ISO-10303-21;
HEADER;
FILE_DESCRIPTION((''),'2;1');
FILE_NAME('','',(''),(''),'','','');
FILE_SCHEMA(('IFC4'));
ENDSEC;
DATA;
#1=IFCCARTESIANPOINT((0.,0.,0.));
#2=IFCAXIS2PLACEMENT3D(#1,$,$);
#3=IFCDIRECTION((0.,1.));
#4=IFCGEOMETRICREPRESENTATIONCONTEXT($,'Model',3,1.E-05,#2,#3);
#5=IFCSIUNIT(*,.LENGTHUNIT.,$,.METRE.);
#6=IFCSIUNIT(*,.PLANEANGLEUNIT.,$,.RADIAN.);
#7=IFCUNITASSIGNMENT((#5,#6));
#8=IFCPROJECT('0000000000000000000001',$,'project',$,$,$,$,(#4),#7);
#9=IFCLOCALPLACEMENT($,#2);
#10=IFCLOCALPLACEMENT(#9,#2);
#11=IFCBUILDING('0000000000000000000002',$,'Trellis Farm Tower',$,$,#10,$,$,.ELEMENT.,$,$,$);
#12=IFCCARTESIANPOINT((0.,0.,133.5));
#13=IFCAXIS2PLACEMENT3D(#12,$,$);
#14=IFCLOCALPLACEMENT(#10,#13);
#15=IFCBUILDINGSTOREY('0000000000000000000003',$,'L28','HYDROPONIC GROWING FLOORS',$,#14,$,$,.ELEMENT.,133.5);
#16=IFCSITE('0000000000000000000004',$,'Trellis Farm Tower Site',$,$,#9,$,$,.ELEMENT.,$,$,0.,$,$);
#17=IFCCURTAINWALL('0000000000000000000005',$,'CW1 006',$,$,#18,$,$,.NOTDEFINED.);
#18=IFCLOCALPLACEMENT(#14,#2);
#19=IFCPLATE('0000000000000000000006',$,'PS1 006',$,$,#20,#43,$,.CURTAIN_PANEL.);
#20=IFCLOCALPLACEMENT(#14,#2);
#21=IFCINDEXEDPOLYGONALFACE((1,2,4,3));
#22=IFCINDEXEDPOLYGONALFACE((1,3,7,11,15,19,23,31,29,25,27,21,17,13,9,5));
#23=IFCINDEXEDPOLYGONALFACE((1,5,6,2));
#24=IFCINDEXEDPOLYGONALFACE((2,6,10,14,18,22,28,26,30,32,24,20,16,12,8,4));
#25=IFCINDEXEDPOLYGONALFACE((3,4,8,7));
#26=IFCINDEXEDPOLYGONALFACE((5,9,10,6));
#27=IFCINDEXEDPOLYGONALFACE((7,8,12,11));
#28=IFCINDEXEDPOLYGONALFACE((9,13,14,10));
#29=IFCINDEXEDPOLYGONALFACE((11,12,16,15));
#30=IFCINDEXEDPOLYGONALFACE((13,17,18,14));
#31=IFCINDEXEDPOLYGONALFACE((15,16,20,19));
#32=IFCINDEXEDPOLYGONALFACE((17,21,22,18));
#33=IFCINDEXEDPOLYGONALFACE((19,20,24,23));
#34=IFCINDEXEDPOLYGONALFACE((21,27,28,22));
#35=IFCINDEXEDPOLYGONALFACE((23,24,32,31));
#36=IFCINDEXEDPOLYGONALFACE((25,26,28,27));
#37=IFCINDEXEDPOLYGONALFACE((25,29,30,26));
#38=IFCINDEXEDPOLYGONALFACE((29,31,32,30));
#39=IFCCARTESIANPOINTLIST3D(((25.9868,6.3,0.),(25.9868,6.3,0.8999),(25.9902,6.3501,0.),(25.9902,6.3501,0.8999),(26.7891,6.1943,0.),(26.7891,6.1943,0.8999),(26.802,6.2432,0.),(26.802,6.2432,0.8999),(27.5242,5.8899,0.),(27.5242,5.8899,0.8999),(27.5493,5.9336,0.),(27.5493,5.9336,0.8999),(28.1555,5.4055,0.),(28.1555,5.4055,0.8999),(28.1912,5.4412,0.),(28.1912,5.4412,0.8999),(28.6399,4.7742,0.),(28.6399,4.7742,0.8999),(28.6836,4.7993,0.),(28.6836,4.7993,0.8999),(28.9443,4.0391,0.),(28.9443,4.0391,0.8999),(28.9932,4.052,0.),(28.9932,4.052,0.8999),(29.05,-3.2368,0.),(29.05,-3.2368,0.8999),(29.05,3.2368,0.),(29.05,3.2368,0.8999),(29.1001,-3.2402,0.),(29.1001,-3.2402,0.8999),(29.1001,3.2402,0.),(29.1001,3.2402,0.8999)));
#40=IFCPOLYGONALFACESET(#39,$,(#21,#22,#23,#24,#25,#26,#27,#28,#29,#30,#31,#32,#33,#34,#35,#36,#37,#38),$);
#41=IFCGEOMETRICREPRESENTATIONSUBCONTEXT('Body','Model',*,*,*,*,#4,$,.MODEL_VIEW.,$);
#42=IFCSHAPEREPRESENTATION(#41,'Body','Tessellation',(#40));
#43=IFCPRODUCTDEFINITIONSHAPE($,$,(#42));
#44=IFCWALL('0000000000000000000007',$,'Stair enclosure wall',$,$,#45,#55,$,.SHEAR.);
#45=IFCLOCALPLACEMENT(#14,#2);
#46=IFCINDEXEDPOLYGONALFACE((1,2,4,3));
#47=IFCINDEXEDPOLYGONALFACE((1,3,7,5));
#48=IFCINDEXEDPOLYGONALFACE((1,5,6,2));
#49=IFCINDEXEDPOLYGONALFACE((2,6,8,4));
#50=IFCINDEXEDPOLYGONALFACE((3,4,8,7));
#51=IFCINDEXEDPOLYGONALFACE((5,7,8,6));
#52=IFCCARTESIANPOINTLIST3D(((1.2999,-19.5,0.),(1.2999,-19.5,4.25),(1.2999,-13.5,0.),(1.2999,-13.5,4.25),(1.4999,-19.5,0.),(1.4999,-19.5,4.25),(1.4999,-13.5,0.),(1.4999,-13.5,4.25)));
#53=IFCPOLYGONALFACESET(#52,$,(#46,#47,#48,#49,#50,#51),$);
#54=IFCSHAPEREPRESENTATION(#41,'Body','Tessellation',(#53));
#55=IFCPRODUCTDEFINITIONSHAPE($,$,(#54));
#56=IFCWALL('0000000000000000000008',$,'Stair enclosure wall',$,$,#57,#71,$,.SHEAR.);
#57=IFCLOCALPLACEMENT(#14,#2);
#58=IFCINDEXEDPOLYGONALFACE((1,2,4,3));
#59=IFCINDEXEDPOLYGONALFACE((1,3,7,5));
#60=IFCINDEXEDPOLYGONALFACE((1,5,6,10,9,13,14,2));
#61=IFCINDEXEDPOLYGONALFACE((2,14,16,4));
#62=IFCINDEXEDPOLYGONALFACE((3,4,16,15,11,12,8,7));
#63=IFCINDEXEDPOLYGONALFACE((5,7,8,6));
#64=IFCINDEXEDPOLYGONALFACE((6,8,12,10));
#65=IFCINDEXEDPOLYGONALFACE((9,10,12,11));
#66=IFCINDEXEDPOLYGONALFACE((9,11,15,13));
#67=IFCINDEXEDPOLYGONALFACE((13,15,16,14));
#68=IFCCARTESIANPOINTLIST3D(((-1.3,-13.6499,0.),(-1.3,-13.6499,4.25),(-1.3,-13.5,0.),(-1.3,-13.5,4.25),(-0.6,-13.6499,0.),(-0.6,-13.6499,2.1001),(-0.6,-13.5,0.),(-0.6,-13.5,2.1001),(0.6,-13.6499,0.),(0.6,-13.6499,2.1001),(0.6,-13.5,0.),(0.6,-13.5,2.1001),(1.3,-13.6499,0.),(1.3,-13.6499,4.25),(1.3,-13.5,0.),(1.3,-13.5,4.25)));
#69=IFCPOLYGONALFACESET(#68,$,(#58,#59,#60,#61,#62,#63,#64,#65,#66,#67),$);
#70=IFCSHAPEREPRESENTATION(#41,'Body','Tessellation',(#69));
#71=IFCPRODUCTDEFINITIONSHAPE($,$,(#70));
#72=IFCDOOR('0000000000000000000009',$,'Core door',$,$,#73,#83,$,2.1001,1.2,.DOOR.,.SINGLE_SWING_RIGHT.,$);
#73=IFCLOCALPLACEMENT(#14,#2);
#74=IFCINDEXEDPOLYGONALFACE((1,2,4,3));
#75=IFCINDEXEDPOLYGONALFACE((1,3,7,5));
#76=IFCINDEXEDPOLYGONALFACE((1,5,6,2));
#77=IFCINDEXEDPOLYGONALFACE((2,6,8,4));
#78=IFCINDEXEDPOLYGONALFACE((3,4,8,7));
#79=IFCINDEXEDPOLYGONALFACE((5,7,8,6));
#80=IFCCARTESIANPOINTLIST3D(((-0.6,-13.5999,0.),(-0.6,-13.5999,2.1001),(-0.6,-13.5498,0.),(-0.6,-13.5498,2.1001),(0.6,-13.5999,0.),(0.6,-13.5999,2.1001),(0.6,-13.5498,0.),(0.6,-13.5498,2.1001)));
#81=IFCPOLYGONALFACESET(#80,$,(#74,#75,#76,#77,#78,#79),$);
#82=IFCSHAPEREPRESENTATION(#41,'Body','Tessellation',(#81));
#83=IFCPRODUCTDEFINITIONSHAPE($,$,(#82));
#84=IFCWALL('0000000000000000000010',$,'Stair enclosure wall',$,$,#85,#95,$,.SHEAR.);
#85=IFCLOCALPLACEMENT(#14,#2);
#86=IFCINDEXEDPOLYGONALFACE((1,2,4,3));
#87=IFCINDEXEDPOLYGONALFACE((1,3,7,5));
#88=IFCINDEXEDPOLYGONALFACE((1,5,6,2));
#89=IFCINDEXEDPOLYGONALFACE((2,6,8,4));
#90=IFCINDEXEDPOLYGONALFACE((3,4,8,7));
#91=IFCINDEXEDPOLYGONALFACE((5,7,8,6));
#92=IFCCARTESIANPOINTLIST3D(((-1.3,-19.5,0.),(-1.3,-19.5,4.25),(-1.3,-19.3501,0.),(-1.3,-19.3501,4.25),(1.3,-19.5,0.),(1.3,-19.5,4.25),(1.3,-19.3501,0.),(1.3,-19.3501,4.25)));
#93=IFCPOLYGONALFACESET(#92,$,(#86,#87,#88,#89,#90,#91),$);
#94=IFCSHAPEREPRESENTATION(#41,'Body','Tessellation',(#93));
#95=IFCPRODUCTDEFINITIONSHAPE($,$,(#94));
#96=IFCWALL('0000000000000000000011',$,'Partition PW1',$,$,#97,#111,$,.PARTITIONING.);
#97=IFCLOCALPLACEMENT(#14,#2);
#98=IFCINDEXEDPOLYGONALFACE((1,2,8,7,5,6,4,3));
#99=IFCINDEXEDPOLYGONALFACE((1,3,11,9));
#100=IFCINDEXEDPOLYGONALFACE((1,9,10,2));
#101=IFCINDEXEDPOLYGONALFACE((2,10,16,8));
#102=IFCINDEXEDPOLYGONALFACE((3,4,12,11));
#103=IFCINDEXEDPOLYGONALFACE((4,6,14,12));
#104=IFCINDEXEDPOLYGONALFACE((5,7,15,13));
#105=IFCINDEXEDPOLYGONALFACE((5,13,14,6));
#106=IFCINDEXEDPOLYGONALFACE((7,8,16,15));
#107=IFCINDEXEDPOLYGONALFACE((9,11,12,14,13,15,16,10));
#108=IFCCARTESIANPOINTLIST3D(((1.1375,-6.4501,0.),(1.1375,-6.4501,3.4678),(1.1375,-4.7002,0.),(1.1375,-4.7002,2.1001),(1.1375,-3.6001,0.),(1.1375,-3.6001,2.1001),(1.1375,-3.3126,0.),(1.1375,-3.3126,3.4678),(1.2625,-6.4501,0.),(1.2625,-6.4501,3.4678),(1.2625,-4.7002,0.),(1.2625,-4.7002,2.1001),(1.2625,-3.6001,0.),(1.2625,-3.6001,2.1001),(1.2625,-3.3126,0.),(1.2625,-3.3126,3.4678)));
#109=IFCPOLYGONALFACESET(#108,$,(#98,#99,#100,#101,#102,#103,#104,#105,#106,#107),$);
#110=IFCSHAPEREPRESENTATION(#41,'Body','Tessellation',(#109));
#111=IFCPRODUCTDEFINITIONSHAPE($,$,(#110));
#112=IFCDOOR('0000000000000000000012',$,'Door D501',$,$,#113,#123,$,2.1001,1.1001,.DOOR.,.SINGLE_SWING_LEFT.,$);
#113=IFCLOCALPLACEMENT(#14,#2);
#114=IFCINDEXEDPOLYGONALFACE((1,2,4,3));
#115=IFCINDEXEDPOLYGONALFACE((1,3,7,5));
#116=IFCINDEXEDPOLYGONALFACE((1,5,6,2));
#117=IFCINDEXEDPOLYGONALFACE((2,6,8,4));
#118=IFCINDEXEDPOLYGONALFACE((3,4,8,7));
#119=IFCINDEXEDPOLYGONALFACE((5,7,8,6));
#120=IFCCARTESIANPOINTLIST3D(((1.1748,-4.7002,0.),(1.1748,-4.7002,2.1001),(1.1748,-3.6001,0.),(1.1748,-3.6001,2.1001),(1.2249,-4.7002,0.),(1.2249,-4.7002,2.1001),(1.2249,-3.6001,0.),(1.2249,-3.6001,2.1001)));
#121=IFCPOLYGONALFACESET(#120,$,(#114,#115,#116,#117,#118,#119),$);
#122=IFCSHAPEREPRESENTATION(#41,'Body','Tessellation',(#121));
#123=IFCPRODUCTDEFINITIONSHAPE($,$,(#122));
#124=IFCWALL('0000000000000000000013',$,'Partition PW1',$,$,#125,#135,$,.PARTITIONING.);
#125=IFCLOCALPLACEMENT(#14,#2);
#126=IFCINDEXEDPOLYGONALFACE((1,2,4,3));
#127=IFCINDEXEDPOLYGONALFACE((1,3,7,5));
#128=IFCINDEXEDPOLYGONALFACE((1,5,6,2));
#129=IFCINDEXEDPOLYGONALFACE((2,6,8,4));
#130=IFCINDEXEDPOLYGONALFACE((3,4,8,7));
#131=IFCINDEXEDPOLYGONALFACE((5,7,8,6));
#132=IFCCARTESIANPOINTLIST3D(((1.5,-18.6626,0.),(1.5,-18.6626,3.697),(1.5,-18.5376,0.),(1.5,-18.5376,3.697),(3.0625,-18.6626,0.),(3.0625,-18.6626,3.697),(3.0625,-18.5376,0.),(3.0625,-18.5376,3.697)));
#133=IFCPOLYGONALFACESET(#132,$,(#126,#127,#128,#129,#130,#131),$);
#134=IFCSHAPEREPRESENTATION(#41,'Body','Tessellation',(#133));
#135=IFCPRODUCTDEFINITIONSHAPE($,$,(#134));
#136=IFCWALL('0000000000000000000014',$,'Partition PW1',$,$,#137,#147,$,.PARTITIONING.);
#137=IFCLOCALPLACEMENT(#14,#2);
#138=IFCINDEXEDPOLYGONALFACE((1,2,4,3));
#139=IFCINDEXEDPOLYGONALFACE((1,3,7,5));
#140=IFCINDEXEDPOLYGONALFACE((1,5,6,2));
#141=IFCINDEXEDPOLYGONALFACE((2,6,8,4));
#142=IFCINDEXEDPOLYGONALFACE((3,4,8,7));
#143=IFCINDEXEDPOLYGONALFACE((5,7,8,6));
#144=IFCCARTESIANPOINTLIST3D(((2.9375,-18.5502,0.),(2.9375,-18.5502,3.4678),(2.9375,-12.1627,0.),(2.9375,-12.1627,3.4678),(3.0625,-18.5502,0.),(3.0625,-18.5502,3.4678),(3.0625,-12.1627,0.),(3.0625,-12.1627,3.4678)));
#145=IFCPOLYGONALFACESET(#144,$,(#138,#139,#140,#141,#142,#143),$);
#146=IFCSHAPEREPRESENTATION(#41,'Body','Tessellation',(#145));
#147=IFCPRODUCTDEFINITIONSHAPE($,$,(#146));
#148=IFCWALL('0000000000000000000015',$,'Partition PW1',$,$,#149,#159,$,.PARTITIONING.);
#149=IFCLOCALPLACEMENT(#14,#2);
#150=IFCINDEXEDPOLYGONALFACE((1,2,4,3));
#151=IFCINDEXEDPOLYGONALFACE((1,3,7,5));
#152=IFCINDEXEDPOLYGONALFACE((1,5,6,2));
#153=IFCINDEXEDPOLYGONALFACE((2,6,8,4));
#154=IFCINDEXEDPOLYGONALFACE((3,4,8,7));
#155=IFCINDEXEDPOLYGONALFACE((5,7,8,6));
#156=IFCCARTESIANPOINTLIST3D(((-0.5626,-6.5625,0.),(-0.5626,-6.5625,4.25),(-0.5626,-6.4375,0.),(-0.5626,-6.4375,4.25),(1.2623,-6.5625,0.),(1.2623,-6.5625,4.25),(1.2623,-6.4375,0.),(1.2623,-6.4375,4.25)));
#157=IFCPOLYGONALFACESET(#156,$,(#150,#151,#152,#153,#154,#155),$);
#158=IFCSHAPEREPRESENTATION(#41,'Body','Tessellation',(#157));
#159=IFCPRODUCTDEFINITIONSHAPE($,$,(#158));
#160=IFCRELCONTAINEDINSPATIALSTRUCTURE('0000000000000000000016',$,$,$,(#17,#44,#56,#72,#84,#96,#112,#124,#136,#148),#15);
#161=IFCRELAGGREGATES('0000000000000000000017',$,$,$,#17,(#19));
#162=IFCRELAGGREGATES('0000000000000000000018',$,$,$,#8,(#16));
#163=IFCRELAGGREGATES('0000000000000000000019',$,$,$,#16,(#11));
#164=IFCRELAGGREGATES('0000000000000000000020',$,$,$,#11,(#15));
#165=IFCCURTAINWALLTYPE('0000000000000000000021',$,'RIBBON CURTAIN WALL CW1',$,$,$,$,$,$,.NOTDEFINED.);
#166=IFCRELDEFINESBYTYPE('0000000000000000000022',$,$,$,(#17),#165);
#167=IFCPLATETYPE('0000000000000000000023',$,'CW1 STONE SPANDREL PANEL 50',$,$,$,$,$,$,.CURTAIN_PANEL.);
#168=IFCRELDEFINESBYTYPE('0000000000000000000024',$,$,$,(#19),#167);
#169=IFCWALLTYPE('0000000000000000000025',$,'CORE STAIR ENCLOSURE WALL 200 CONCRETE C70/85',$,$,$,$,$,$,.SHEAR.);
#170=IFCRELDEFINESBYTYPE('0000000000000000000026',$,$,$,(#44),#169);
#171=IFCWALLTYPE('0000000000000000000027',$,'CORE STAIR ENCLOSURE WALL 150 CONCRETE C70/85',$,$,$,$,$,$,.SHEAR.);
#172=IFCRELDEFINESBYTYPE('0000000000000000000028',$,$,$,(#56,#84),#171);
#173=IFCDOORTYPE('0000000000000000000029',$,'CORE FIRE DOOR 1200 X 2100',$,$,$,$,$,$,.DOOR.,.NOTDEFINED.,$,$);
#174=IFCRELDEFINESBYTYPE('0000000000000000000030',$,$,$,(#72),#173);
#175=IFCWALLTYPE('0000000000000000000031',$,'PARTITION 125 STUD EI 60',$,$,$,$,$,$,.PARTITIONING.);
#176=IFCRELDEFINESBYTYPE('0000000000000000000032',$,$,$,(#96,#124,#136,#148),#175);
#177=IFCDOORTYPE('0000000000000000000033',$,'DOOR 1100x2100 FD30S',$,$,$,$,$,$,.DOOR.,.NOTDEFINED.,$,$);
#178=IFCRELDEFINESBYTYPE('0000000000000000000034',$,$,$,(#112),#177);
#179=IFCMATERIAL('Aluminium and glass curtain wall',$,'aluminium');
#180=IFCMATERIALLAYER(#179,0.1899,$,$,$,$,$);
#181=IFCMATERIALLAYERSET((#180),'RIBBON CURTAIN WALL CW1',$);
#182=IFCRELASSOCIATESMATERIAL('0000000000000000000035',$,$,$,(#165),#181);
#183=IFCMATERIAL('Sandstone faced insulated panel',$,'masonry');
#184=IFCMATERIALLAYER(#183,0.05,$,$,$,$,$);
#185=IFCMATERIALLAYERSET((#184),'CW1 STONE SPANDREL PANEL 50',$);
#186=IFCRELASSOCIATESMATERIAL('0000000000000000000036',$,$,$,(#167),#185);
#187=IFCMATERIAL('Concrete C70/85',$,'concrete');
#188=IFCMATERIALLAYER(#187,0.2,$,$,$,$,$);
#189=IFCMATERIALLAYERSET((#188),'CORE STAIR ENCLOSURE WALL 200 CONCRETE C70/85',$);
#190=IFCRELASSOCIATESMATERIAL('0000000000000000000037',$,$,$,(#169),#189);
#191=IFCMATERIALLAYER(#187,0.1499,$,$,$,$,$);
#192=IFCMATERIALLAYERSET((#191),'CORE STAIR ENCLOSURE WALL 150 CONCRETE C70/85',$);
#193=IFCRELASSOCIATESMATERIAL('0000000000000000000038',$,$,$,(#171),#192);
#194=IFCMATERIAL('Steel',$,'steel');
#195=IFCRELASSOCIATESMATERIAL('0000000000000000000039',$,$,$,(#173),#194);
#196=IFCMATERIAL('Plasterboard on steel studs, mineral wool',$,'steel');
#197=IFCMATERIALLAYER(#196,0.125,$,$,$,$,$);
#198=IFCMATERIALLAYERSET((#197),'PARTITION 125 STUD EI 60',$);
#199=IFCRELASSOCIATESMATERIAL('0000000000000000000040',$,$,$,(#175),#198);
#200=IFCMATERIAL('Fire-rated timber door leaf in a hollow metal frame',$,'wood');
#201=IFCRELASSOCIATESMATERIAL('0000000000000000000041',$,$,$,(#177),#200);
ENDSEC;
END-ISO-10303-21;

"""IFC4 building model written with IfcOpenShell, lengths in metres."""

from ifc_helpers import new_model, si_unit, direction, frame, frame_2d, origin, place, context, subcontext, project, spatial, polyline, rectangle, outline, extrude, source, transform, mapped, material, layer, layer_set, type_object, element, fill, aggregate, save


model = new_model("IFC4")

# Units and contexts
model_context = context("Model", 3, precision=1e-05, world=origin(), true_north=direction((0.0, 1.0)))
body_context = subcontext(model_context, "Body", "Model", "MODEL_VIEW")
ifc_project = project(units=[si_unit("LENGTHUNIT", "METRE"), si_unit("PLANEANGLEUNIT", "RADIAN")], contexts=[model_context])

# Site, building, storey
site_placement = place(None, origin())
site = spatial("IfcSite", under=ifc_project, at=site_placement, Name="Trellis Farm Tower Site", CompositionType="ELEMENT", RefElevation=0.0)
building_placement = place(site_placement, origin())
building = spatial("IfcBuilding", under=site, at=building_placement, Name="Trellis Farm Tower", CompositionType="ELEMENT")
storey_placement = place(building_placement, frame((0.0, 0.0, 133.5)))
storey = spatial("IfcBuildingStorey", under=building, at=storey_placement, Name="L28", Description="HYDROPONIC GROWING FLOORS", CompositionType="ELEMENT", Elevation=133.5)

# Shared definitions
ifc_material_1 = material(Name="Aluminium and glass curtain wall", Category="aluminium")
ifc_layer_1 = layer(ifc_material_1, 0.1899)
ifc_layer_set_1 = layer_set([ifc_layer_1], Name="RIBBON CURTAIN WALL CW1")
curtain_wall_type = type_object("IfcCurtainWallType", Name="RIBBON CURTAIN WALL CW1", PredefinedType="NOTDEFINED", material=ifc_layer_set_1)
placement_1 = place(storey_placement, origin())

# Curtain wall, plate
curtain_wall_1 = element("IfcCurtainWall", 1, at=placement_1, inside=storey, type_object=curtain_wall_type, Name="CW1 006", PredefinedType="NOTDEFINED")
ifc_material_2 = material(Name="Sandstone faced insulated panel", Category="masonry")
ifc_layer_2 = layer(ifc_material_2, 0.05)
ifc_layer_set_2 = layer_set([ifc_layer_2], Name="CW1 STONE SPANDREL PANEL 50")
plate_type_1 = type_object("IfcPlateType", Name="CW1 STONE SPANDREL PANEL 50", PredefinedType="CURTAIN_PANEL", material=ifc_layer_set_2)
shared_shape_1 = source(origin(), body_context, "Body", "SweptSolid", [
    extrude(outline(polyline([(29.1001, -3.2402), (29.1001, 3.2402), (28.9932, 4.052), (28.6836, 4.7993), (28.1912, 5.4412), (27.5493, 5.9336), (26.802, 6.2432), (25.9902, 6.3501), (25.9868, 6.3), (26.7891, 6.1943), (27.5242, 5.8899), (28.1555, 5.4055), (28.6399, 4.7742), (28.9443, 4.0391), (29.05, 3.2368), (29.05, -3.2368), (29.1001, -3.2402)])), origin(), (0.0, 0.0, 1.0), 0.8999),
])
plate_1 = element("IfcPlate", 2, at=placement_1, type_object=plate_type_1, Name="PS1 006", PredefinedType="CURTAIN_PANEL", context=body_context, shape_type="MappedRepresentation", body=[
    mapped(shared_shape_1, transform((0.0, 0.0, 0.0))),
])
aggregate(curtain_wall_1, [plate_1])

# Wall
ifc_material_3 = material(Name="Concrete C70/85", Category="concrete")
ifc_layer_3 = layer(ifc_material_3, 0.2)
ifc_layer_set_3 = layer_set([ifc_layer_3], Name="CORE STAIR ENCLOSURE WALL 200 CONCRETE C70/85")
wall_type_1 = type_object("IfcWallType", Name="CORE STAIR ENCLOSURE WALL 200 CONCRETE C70/85", PredefinedType="SHEAR", material=ifc_layer_set_3)
shared_shape_2 = source(origin(), body_context, "Body", "SweptSolid", [
    extrude(rectangle(XDim=6.0, YDim=0.2, at=frame_2d((3.0, 0.0))), origin(), (0.0, 0.0, 1.0), 4.25),
])
wall_1_placement = place(storey_placement, frame((1.3999, -13.5, 0.0), z_axis=(0.0, 0.0, 1.0), x_axis=(0.0, -1.0, 0.0)))
element("IfcWall", 3, at=wall_1_placement, inside=storey, type_object=wall_type_1, Name="Stair enclosure wall", PredefinedType="SHEAR", context=body_context, shape_type="MappedRepresentation", body=[
    mapped(shared_shape_2, transform((0.0, 0.0, 0.0))),
])

# Wall, opening, door
ifc_layer_4 = layer(ifc_material_3, 0.1499)
ifc_layer_set_4 = layer_set([ifc_layer_4], Name="CORE STAIR ENCLOSURE WALL 150 CONCRETE C70/85")
wall_type_2 = type_object("IfcWallType", Name="CORE STAIR ENCLOSURE WALL 150 CONCRETE C70/85", PredefinedType="SHEAR", material=ifc_layer_set_4)
shared_shape_3 = source(origin(), body_context, "Body", "SweptSolid", [
    extrude(rectangle(XDim=2.6001, YDim=0.1499, at=frame_2d((1.3, 0.0))), origin(), (0.0, 0.0, 1.0), 4.25),
])
wall_2_placement = place(storey_placement, frame((1.3, -13.575, 0.0), z_axis=(0.0, 0.0, 1.0), x_axis=(-1.0, 0.0, 0.0)))
wall_2 = element("IfcWall", 4, at=wall_2_placement, inside=storey, type_object=wall_type_2, Name="Stair enclosure wall", PredefinedType="SHEAR", context=body_context, shape_type="MappedRepresentation", body=[
    mapped(shared_shape_3, transform((0.0, 0.0, 0.0))),
])
shared_shape_4 = source(origin(), body_context, "Body", "SweptSolid", [
    extrude(rectangle(XDim=1.2, YDim=2.1001, at=frame_2d((0.6001, 1.05))), frame((0.0, 0.085, 0.0), z_axis=(0.0, -1.0, 0.0), x_axis=(1.0, 0.0, 0.0)), (0.0, 0.0, 1.0), 0.1699),
])
opening_1_placement = place(wall_2_placement, frame((0.7, 0.0, 0.0)))
opening_1 = element("IfcOpeningElement", 5, at=opening_1_placement, cuts=wall_2, PredefinedType="OPENING", context=body_context, shape_type="MappedRepresentation", body=[
    mapped(shared_shape_4, transform((0.0, 0.0, 0.0))),
])
ifc_material_4 = material(Name="Steel", Category="steel")
door_type_1 = type_object("IfcDoorType", Name="CORE FIRE DOOR 1200 X 2100", OperationType="NOTDEFINED", PredefinedType="DOOR", material=ifc_material_4)
shared_shape_5 = source(origin(), body_context, "Body", "SweptSolid", [
    extrude(rectangle(XDim=1.2, YDim=2.1001, at=frame_2d((0.6001, 1.05))), frame((0.0, 0.0249, 0.0), z_axis=(0.0, -1.0, 0.0), x_axis=(1.0, 0.0, 0.0)), (0.0, 0.0, 1.0), 0.05),
])
door_1_placement = place(opening_1_placement, origin())
door_1 = element("IfcDoor", 6, at=door_1_placement, inside=storey, type_object=door_type_1, Name="Core door", OperationType="SINGLE_SWING_RIGHT", OverallHeight=2.1001, OverallWidth=1.2, PredefinedType="DOOR", context=body_context, shape_type="MappedRepresentation", body=[
    mapped(shared_shape_5, transform((0.0, 0.0, 0.0))),
])
fill(opening_1, door_1)

# Wall
wall_3_placement = place(storey_placement, frame((1.3, -19.425, 0.0), z_axis=(0.0, 0.0, 1.0), x_axis=(-1.0, 0.0, 0.0)))
element("IfcWall", 7, at=wall_3_placement, inside=storey, type_object=wall_type_2, Name="Stair enclosure wall", PredefinedType="SHEAR", context=body_context, shape_type="MappedRepresentation", body=[
    mapped(shared_shape_3, transform((0.0, 0.0, 0.0))),
])

# Wall, opening, door
ifc_material_5 = material(Name="Plasterboard on steel studs, mineral wool", Category="steel")
ifc_layer_5 = layer(ifc_material_5, 0.125)
ifc_layer_set_5 = layer_set([ifc_layer_5], Name="PARTITION 125 STUD EI 60")
wall_type_3 = type_object("IfcWallType", Name="PARTITION 125 STUD EI 60", PredefinedType="PARTITIONING", material=ifc_layer_set_5)
shared_shape_6 = source(origin(), body_context, "Body", "SweptSolid", [
    extrude(rectangle(XDim=3.1375, YDim=0.125, at=frame_2d((1.5688, 0.0))), origin(), (0.0, 0.0, 1.0), 3.4678),
])
wall_4_placement = place(storey_placement, frame((1.2, -3.3125, 0.0), z_axis=(0.0, 0.0, 1.0), x_axis=(0.0, -1.0, 0.0)))
wall_4 = element("IfcWall", 8, at=wall_4_placement, inside=storey, type_object=wall_type_3, Name="Partition PW1", PredefinedType="PARTITIONING", context=body_context, shape_type="MappedRepresentation", body=[
    mapped(shared_shape_6, transform((0.0, 0.0, 0.0))),
])
shared_shape_7 = source(origin(), body_context, "Body", "SweptSolid", [
    extrude(rectangle(XDim=1.1001, YDim=2.1001, at=frame_2d((0.55, 1.05))), frame((0.0, 0.0725, 0.0), z_axis=(0.0, -1.0, 0.0), x_axis=(1.0, 0.0, 0.0)), (0.0, 0.0, 1.0), 0.145),
])
opening_2_placement = place(wall_4_placement, frame((0.2876, 0.0, 0.0)))
opening_2 = element("IfcOpeningElement", 9, at=opening_2_placement, cuts=wall_4, PredefinedType="OPENING", context=body_context, shape_type="MappedRepresentation", body=[
    mapped(shared_shape_7, transform((0.0, 0.0, 0.0))),
])
ifc_material_6 = material(Name="Fire-rated timber door leaf in a hollow metal frame", Category="wood")
door_type_2 = type_object("IfcDoorType", Name="DOOR 1100x2100 FD30S", OperationType="NOTDEFINED", PredefinedType="DOOR", material=ifc_material_6)
shared_shape_8 = source(origin(), body_context, "Body", "SweptSolid", [
    extrude(rectangle(XDim=1.1001, YDim=2.1001, at=frame_2d((0.55, 1.05))), frame((0.0, 0.0249, 0.0), z_axis=(0.0, -1.0, 0.0), x_axis=(1.0, 0.0, 0.0)), (0.0, 0.0, 1.0), 0.05),
])
door_2_placement = place(opening_2_placement, origin())
door_2 = element("IfcDoor", 10, at=door_2_placement, inside=storey, type_object=door_type_2, Name="Door D501", OperationType="SINGLE_SWING_LEFT", OverallHeight=2.1001, OverallWidth=1.1001, PredefinedType="DOOR", context=body_context, shape_type="MappedRepresentation", body=[
    mapped(shared_shape_8, transform((0.0, 0.0, 0.0))),
])
fill(opening_2, door_2)

# Walls
shared_shape_9 = source(origin(), body_context, "Body", "SweptSolid", [
    extrude(rectangle(XDim=1.5625, YDim=0.125, at=frame_2d((0.7812, 0.0))), origin(), (0.0, 0.0, 1.0), 3.697),
])
wall_5_placement = place(storey_placement, frame((3.0625, -18.6001, 0.0), z_axis=(0.0, 0.0, 1.0), x_axis=(-1.0, 0.0, 0.0)))
element("IfcWall", 11, at=wall_5_placement, inside=storey, type_object=wall_type_3, Name="Partition PW1", PredefinedType="PARTITIONING", context=body_context, shape_type="MappedRepresentation", body=[
    mapped(shared_shape_9, transform((0.0, 0.0, 0.0))),
])
shared_shape_10 = source(origin(), body_context, "Body", "SweptSolid", [
    extrude(rectangle(XDim=6.3875, YDim=0.125, at=frame_2d((3.1938, 0.0))), origin(), (0.0, 0.0, 1.0), 3.4678),
])
wall_6_placement = place(storey_placement, frame((3.0, -12.1626, 0.0), z_axis=(0.0, 0.0, 1.0), x_axis=(0.0, -1.0, 0.0)))
element("IfcWall", 12, at=wall_6_placement, inside=storey, type_object=wall_type_3, Name="Partition PW1", PredefinedType="PARTITIONING", context=body_context, shape_type="MappedRepresentation", body=[
    mapped(shared_shape_10, transform((0.0, 0.0, 0.0))),
])
shared_shape_11 = source(origin(), body_context, "Body", "SweptSolid", [
    extrude(rectangle(XDim=1.825, YDim=0.125, at=frame_2d((0.9126, 0.0))), origin(), (0.0, 0.0, 1.0), 4.25),
])
wall_7_placement = place(storey_placement, frame((1.2625, -6.5, 0.0), z_axis=(0.0, 0.0, 1.0), x_axis=(-1.0, 0.0, 0.0)))
element("IfcWall", 13, at=wall_7_placement, inside=storey, type_object=wall_type_3, Name="Partition PW1", PredefinedType="PARTITIONING", context=body_context, shape_type="MappedRepresentation", body=[
    mapped(shared_shape_11, transform((0.0, 0.0, 0.0))),
])

save(model, "model.ifc")
